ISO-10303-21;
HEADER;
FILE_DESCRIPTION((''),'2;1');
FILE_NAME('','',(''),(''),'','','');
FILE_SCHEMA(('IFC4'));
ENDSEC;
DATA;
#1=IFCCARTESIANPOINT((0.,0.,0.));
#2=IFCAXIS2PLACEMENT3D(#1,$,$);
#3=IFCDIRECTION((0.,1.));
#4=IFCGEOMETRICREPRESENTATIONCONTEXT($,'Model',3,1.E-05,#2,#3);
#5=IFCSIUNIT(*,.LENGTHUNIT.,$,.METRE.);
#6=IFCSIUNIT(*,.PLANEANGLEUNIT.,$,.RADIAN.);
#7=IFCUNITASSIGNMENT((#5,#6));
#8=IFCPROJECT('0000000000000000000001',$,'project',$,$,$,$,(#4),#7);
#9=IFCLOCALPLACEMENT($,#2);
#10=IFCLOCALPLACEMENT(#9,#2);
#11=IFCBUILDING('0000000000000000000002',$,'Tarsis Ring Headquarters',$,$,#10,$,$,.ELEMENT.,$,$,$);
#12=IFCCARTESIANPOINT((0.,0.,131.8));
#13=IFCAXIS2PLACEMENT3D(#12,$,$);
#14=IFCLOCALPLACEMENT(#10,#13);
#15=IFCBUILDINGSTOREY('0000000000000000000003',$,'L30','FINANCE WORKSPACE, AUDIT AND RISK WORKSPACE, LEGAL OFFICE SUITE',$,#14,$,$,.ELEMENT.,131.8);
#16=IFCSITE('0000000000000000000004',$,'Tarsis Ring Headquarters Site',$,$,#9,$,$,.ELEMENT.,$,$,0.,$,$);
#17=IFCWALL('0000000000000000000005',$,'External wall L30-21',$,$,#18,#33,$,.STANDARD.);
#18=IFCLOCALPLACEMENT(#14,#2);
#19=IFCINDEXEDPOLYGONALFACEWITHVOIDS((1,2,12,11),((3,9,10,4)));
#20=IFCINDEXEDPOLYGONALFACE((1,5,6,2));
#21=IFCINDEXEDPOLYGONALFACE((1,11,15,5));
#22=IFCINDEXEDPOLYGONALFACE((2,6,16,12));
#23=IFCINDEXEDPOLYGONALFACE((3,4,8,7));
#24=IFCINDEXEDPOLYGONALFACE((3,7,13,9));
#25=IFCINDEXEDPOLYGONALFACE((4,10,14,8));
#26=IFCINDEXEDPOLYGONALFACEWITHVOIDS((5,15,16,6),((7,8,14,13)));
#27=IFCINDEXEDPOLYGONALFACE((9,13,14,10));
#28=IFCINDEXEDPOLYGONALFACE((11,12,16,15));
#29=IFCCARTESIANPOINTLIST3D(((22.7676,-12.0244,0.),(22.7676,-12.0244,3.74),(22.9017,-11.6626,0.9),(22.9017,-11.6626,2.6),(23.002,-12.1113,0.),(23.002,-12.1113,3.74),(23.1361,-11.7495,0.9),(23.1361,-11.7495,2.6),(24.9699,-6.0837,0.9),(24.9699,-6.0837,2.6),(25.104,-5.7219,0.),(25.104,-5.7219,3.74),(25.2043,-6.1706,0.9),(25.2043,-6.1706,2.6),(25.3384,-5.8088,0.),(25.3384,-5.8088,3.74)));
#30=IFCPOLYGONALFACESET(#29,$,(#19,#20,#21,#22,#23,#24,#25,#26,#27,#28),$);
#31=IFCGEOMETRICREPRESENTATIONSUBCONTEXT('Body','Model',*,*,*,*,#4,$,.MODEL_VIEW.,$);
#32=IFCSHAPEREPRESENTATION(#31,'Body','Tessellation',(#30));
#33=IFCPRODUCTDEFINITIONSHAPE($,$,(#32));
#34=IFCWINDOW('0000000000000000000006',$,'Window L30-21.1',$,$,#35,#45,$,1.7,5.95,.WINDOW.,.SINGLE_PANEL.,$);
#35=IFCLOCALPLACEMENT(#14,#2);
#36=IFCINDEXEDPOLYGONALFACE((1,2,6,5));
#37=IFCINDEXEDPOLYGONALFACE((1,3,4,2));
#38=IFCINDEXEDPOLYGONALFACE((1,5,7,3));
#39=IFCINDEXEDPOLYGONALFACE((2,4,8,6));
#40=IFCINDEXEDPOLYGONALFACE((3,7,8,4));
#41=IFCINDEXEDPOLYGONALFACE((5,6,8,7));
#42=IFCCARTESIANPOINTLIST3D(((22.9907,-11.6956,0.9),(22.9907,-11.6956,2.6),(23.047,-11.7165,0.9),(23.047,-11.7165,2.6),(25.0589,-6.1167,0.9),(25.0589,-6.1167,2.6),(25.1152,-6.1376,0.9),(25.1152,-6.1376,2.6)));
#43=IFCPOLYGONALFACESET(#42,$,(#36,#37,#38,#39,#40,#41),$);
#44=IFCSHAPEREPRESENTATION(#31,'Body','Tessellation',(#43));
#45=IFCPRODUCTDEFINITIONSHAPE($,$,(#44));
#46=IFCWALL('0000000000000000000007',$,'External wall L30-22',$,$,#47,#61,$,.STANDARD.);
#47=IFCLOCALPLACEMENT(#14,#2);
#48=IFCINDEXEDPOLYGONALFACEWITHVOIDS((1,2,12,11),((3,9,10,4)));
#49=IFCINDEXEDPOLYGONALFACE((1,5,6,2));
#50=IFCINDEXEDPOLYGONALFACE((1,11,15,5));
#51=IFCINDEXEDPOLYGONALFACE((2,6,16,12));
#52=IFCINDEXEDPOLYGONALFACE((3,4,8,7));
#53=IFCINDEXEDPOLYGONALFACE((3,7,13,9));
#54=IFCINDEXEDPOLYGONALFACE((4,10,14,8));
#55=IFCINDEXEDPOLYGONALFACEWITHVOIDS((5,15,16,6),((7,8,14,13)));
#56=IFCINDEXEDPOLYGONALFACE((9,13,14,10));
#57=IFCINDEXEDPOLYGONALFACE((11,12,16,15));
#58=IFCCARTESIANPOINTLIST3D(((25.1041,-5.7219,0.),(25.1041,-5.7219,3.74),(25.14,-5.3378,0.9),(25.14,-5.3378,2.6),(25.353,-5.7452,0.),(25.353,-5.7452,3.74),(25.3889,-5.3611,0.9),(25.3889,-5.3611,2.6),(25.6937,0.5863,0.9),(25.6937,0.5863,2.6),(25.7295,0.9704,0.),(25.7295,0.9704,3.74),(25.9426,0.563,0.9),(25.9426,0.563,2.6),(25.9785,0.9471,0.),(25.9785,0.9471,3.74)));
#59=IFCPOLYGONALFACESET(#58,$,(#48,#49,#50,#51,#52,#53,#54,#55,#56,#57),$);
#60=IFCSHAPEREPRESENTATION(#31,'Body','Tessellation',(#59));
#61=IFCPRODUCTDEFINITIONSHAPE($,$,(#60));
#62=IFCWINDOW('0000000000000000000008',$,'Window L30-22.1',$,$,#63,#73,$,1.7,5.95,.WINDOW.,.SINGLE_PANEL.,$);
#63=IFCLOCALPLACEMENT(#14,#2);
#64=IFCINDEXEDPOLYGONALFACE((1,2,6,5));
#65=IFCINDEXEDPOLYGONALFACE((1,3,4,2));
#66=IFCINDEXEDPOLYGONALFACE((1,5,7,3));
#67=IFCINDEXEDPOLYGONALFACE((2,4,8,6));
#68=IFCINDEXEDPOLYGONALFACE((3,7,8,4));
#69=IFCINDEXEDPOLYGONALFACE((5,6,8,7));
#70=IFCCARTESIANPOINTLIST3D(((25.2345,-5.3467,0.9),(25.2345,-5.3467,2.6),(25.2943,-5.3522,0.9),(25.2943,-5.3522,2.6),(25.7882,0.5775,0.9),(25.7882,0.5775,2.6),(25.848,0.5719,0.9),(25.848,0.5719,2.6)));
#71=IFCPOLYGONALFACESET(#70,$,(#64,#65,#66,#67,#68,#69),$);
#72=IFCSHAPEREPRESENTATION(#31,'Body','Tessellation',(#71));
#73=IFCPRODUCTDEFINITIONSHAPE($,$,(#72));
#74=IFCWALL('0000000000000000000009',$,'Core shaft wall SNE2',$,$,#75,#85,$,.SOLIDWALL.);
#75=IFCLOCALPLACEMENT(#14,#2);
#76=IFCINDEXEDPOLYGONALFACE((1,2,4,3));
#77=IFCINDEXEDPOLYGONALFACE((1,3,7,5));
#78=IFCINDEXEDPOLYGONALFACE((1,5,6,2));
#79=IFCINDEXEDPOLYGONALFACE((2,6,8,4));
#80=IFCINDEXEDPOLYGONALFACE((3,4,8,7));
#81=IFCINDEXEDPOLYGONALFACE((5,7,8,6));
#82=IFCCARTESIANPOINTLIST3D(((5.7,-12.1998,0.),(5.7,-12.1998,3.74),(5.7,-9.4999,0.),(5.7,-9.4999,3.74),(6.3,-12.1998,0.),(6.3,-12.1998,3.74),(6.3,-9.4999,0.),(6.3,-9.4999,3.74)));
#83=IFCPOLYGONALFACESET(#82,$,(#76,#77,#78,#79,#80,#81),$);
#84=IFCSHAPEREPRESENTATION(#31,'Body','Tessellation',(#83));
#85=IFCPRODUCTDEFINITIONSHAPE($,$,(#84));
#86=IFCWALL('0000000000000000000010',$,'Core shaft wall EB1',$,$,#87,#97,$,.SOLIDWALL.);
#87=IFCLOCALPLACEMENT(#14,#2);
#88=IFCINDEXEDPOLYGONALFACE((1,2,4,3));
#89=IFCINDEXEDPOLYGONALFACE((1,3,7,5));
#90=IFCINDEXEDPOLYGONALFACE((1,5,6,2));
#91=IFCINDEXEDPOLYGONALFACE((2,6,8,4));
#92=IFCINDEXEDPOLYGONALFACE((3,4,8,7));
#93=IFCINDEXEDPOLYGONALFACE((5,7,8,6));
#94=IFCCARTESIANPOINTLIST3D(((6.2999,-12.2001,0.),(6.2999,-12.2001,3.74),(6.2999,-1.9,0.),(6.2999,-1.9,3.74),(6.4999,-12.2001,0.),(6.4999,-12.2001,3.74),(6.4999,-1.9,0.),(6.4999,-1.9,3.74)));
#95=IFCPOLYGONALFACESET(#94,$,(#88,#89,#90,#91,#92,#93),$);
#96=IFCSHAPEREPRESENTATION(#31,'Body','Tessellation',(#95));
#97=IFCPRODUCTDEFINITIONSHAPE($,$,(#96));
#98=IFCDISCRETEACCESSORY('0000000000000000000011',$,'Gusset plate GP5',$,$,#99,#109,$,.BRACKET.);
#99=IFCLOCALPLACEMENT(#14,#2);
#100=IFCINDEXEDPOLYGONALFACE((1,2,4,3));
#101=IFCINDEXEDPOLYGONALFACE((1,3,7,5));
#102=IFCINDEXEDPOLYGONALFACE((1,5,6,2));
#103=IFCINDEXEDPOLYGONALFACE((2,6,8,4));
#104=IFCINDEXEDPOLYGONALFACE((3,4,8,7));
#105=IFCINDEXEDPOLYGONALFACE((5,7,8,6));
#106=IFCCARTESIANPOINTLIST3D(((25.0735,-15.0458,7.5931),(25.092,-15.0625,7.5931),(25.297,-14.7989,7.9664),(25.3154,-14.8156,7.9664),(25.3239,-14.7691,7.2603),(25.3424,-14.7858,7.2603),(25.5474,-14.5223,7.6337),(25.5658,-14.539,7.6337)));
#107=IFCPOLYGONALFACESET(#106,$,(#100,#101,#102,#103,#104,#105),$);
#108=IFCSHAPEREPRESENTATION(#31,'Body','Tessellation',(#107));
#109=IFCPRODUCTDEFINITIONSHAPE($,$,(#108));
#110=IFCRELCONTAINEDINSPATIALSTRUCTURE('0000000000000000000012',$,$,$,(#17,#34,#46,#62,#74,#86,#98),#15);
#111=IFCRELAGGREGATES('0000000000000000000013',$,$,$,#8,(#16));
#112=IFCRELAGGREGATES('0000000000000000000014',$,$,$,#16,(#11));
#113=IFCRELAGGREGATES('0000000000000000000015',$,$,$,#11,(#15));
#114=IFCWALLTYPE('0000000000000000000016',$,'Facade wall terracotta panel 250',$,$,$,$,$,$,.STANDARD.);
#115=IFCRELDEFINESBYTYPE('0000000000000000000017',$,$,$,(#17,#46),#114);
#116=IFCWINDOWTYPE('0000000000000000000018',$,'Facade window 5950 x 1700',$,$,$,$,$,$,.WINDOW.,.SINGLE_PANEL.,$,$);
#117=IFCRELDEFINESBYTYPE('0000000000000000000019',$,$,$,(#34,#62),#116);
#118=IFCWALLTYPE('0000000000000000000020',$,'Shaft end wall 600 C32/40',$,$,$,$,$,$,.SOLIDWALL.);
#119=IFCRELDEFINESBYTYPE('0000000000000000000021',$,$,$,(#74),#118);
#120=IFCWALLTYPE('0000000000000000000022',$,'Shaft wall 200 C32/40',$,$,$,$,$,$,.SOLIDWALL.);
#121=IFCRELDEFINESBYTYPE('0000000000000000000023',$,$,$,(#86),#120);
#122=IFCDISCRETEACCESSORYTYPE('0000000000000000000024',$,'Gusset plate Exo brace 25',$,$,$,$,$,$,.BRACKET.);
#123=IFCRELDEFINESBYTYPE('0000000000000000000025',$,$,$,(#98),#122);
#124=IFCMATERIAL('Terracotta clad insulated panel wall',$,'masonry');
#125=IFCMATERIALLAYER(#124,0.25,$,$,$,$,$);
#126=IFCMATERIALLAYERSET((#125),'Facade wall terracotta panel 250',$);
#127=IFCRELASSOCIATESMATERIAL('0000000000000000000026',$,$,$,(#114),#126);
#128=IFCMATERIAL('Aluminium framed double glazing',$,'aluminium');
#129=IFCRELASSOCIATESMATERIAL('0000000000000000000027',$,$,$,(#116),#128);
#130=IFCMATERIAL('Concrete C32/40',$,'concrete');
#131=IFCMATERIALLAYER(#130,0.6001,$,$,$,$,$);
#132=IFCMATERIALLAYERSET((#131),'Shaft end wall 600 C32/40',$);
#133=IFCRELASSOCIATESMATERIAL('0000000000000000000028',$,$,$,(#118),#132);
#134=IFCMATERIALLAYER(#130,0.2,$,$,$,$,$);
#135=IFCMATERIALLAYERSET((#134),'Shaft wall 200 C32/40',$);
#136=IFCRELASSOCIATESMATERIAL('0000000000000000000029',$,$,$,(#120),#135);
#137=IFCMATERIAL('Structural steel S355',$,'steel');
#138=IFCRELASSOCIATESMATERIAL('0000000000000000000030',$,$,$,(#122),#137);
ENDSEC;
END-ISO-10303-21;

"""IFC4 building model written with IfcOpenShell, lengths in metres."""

from ifc_helpers import new_model, si_unit, direction, frame, frame_2d, origin, origin_2d, place, context, subcontext, project, spatial, rectangle, extrude, material, layer, layer_set, material_profile, profile_set, type_object, element, fill, save


model = new_model("IFC4")

# Units and contexts
model_context = context("Model", 3, precision=1e-05, world=origin(), true_north=direction((0.0, 1.0)))
body_context = subcontext(model_context, "Body", "Model", "MODEL_VIEW")
ifc_project = project(units=[si_unit("LENGTHUNIT", "METRE"), si_unit("PLANEANGLEUNIT", "RADIAN")], contexts=[model_context])

# Site, building, storey
site_placement = place(None, origin())
site = spatial("IfcSite", under=ifc_project, at=site_placement, Name="Tarsis Ring Headquarters Site", CompositionType="ELEMENT", RefElevation=0.0)
building_placement = place(site_placement, origin())
building = spatial("IfcBuilding", under=site, at=building_placement, Name="Tarsis Ring Headquarters", CompositionType="ELEMENT")
storey_placement = place(building_placement, frame((0.0, 0.0, 131.8)))
storey = spatial("IfcBuildingStorey", under=building, at=storey_placement, Name="L30", Description="FINANCE WORKSPACE, AUDIT AND RISK WORKSPACE, LEGAL OFFICE SUITE", CompositionType="ELEMENT", Elevation=131.8)

# Shared definitions
ifc_material_1 = material(Name="Structural steel S355", Category="steel")

# Walls, openings, windows
ifc_material_2 = material(Name="Terracotta clad insulated panel wall", Category="masonry")
ifc_layer_1 = layer(ifc_material_2, 0.25)
ifc_layer_set_1 = layer_set([ifc_layer_1], Name="Facade wall terracotta panel 250")
wall_type_1 = type_object("IfcWallType", Name="Facade wall terracotta panel 250", PredefinedType="STANDARD", material=ifc_layer_set_1)
wall_1_placement = place(storey_placement, frame((22.8848, -12.0679, 0.0), z_axis=(0.0, 0.0, 1.0), x_axis=(0.347598, 0.937644, 0.0)))
wall_1 = element("IfcWall", 1, at=wall_1_placement, inside=storey, type_object=wall_type_1, Name="External wall L30-21", PredefinedType="STANDARD", context=body_context, shape_type="SweptSolid", body=[
    extrude(rectangle(XDim=6.7217, YDim=0.25, at=frame_2d((3.3608, 0.0))), origin(), (0.0, 0.0, 1.0), 3.74),
])
opening_1_placement = place(wall_1_placement, frame((0.3857, 0.0, 0.8999)))
opening_1 = element("IfcOpeningElement", 2, at=opening_1_placement, cuts=wall_1, PredefinedType="OPENING", context=body_context, shape_type="SweptSolid", body=[
    extrude(rectangle(XDim=5.95, YDim=1.7, at=frame_2d((2.9751, 0.8501))), frame((0.0, 0.135, 0.0), z_axis=(0.0, -1.0, 0.0), x_axis=(1.0, 0.0, 0.0)), (0.0, 0.0, 1.0), 0.27),
])
ifc_material_3 = material(Name="Aluminium framed double glazing", Category="aluminium")
window_type = type_object("IfcWindowType", Name="Facade window 5950 x 1700", PartitioningType="SINGLE_PANEL", PredefinedType="WINDOW", material=ifc_material_3)
window_1_placement = place(opening_1_placement, origin())
window_1 = element("IfcWindow", 3, at=window_1_placement, inside=storey, type_object=window_type, Name="Window L30-21.1", OverallHeight=1.7, OverallWidth=5.95, PartitioningType="SINGLE_PANEL", PredefinedType="WINDOW", context=body_context, shape_type="SweptSolid", body=[
    extrude(rectangle(XDim=5.95, YDim=1.7, at=frame_2d((2.9751, 0.8501))), frame((0.0, 0.03, 0.0), z_axis=(0.0, -1.0, 0.0), x_axis=(1.0, 0.0, 0.0)), (0.0, 0.0, 1.0), 0.0601),
])
fill(opening_1, window_1)
wall_2_placement = place(storey_placement, frame((25.2285, -5.7336, 0.0), z_axis=(0.0, 0.0, 1.0), x_axis=(0.093057, 0.995661, 0.0)))
wall_2 = element("IfcWall", 4, at=wall_2_placement, inside=storey, type_object=wall_type_1, Name="External wall L30-22", PredefinedType="STANDARD", context=body_context, shape_type="SweptSolid", body=[
    extrude(rectangle(XDim=6.7214, YDim=0.25, at=frame_2d((3.3608, 0.0))), origin(), (0.0, 0.0, 1.0), 3.74),
])
opening_2_placement = place(wall_2_placement, frame((0.3857, 0.0, 0.8999)))
opening_2 = element("IfcOpeningElement", 5, at=opening_2_placement, cuts=wall_2, PredefinedType="OPENING", context=body_context, shape_type="SweptSolid", body=[
    extrude(rectangle(XDim=5.95, YDim=1.7, at=frame_2d((2.9751, 0.8501))), frame((0.0, 0.135, 0.0), z_axis=(0.0, -1.0, 0.0), x_axis=(1.0, 0.0, 0.0)), (0.0, 0.0, 1.0), 0.27),
])
window_2_placement = place(opening_2_placement, origin())
window_2 = element("IfcWindow", 6, at=window_2_placement, inside=storey, type_object=window_type, Name="Window L30-22.1", OverallHeight=1.7, OverallWidth=5.95, PartitioningType="SINGLE_PANEL", PredefinedType="WINDOW", context=body_context, shape_type="SweptSolid", body=[
    extrude(rectangle(XDim=5.95, YDim=1.7, at=frame_2d((2.9751, 0.8501))), frame((0.0, 0.03, 0.0), z_axis=(0.0, -1.0, 0.0), x_axis=(1.0, 0.0, 0.0)), (0.0, 0.0, 1.0), 0.0601),
])
fill(opening_2, window_2)

# Walls
ifc_material_4 = material(Name="Concrete C32/40", Category="concrete")
ifc_layer_2 = layer(ifc_material_4, 0.6001)
ifc_layer_set_2 = layer_set([ifc_layer_2], Name="Shaft end wall 600 C32/40")
wall_type_2 = type_object("IfcWallType", Name="Shaft end wall 600 C32/40", PredefinedType="SOLIDWALL", material=ifc_layer_set_2)
wall_3_placement = place(storey_placement, frame((6.0, -12.2, 0.0), z_axis=(0.0, 0.0, 1.0), x_axis=(0.0, 1.0, 0.0)))
element("IfcWall", 7, at=wall_3_placement, inside=storey, type_object=wall_type_2, Name="Core shaft wall SNE2", PredefinedType="SOLIDWALL", context=body_context, shape_type="SweptSolid", body=[
    extrude(rectangle(XDim=2.7, YDim=0.6001, at=frame_2d((1.3501, 0.0))), origin(), (0.0, 0.0, 1.0), 3.74),
])
ifc_layer_3 = layer(ifc_material_4, 0.2)
ifc_layer_set_3 = layer_set([ifc_layer_3], Name="Shaft wall 200 C32/40")
wall_type_3 = type_object("IfcWallType", Name="Shaft wall 200 C32/40", PredefinedType="SOLIDWALL", material=ifc_layer_set_3)
wall_4_placement = place(storey_placement, frame((6.3999, -12.2, 0.0), z_axis=(0.0, 0.0, 1.0), x_axis=(0.0, 1.0, 0.0)))
element("IfcWall", 8, at=wall_4_placement, inside=storey, type_object=wall_type_3, Name="Core shaft wall EB1", PredefinedType="SOLIDWALL", context=body_context, shape_type="SweptSolid", body=[
    extrude(rectangle(XDim=10.3, YDim=0.2, at=frame_2d((5.1499, 0.0))), origin(), (0.0, 0.0, 1.0), 3.74),
])

# Discrete accessory
ifc_material_profile_1 = material_profile(ifc_material_1, rectangle(XDim=0.0249, YDim=0.5, at=origin_2d()), Name="PL 25x500")
ifc_profile_set_1 = profile_set([ifc_material_profile_1], Name="Structural steel S355")
discrete_accessory_type = type_object("IfcDiscreteAccessoryType", Name="Gusset plate Exo brace 25", PredefinedType="BRACKET", material=ifc_profile_set_1)
discrete_accessory_placement = place(storey_placement, frame((25.4314, -14.6689, 7.8), z_axis=(-0.446624, -0.493483, -0.746326), x_axis=(0.741432, -0.671029, 0.0)))
element("IfcDiscreteAccessory", 9, at=discrete_accessory_placement, inside=storey, type_object=discrete_accessory_type, Name="Gusset plate GP5", PredefinedType="BRACKET", context=body_context, shape_type="SweptSolid", body=[
    extrude(rectangle(XDim=0.0249, YDim=0.5, at=origin_2d()), origin(), (0.0, 0.0, 1.0), 0.5002),
])

save(model, "model.ifc")
